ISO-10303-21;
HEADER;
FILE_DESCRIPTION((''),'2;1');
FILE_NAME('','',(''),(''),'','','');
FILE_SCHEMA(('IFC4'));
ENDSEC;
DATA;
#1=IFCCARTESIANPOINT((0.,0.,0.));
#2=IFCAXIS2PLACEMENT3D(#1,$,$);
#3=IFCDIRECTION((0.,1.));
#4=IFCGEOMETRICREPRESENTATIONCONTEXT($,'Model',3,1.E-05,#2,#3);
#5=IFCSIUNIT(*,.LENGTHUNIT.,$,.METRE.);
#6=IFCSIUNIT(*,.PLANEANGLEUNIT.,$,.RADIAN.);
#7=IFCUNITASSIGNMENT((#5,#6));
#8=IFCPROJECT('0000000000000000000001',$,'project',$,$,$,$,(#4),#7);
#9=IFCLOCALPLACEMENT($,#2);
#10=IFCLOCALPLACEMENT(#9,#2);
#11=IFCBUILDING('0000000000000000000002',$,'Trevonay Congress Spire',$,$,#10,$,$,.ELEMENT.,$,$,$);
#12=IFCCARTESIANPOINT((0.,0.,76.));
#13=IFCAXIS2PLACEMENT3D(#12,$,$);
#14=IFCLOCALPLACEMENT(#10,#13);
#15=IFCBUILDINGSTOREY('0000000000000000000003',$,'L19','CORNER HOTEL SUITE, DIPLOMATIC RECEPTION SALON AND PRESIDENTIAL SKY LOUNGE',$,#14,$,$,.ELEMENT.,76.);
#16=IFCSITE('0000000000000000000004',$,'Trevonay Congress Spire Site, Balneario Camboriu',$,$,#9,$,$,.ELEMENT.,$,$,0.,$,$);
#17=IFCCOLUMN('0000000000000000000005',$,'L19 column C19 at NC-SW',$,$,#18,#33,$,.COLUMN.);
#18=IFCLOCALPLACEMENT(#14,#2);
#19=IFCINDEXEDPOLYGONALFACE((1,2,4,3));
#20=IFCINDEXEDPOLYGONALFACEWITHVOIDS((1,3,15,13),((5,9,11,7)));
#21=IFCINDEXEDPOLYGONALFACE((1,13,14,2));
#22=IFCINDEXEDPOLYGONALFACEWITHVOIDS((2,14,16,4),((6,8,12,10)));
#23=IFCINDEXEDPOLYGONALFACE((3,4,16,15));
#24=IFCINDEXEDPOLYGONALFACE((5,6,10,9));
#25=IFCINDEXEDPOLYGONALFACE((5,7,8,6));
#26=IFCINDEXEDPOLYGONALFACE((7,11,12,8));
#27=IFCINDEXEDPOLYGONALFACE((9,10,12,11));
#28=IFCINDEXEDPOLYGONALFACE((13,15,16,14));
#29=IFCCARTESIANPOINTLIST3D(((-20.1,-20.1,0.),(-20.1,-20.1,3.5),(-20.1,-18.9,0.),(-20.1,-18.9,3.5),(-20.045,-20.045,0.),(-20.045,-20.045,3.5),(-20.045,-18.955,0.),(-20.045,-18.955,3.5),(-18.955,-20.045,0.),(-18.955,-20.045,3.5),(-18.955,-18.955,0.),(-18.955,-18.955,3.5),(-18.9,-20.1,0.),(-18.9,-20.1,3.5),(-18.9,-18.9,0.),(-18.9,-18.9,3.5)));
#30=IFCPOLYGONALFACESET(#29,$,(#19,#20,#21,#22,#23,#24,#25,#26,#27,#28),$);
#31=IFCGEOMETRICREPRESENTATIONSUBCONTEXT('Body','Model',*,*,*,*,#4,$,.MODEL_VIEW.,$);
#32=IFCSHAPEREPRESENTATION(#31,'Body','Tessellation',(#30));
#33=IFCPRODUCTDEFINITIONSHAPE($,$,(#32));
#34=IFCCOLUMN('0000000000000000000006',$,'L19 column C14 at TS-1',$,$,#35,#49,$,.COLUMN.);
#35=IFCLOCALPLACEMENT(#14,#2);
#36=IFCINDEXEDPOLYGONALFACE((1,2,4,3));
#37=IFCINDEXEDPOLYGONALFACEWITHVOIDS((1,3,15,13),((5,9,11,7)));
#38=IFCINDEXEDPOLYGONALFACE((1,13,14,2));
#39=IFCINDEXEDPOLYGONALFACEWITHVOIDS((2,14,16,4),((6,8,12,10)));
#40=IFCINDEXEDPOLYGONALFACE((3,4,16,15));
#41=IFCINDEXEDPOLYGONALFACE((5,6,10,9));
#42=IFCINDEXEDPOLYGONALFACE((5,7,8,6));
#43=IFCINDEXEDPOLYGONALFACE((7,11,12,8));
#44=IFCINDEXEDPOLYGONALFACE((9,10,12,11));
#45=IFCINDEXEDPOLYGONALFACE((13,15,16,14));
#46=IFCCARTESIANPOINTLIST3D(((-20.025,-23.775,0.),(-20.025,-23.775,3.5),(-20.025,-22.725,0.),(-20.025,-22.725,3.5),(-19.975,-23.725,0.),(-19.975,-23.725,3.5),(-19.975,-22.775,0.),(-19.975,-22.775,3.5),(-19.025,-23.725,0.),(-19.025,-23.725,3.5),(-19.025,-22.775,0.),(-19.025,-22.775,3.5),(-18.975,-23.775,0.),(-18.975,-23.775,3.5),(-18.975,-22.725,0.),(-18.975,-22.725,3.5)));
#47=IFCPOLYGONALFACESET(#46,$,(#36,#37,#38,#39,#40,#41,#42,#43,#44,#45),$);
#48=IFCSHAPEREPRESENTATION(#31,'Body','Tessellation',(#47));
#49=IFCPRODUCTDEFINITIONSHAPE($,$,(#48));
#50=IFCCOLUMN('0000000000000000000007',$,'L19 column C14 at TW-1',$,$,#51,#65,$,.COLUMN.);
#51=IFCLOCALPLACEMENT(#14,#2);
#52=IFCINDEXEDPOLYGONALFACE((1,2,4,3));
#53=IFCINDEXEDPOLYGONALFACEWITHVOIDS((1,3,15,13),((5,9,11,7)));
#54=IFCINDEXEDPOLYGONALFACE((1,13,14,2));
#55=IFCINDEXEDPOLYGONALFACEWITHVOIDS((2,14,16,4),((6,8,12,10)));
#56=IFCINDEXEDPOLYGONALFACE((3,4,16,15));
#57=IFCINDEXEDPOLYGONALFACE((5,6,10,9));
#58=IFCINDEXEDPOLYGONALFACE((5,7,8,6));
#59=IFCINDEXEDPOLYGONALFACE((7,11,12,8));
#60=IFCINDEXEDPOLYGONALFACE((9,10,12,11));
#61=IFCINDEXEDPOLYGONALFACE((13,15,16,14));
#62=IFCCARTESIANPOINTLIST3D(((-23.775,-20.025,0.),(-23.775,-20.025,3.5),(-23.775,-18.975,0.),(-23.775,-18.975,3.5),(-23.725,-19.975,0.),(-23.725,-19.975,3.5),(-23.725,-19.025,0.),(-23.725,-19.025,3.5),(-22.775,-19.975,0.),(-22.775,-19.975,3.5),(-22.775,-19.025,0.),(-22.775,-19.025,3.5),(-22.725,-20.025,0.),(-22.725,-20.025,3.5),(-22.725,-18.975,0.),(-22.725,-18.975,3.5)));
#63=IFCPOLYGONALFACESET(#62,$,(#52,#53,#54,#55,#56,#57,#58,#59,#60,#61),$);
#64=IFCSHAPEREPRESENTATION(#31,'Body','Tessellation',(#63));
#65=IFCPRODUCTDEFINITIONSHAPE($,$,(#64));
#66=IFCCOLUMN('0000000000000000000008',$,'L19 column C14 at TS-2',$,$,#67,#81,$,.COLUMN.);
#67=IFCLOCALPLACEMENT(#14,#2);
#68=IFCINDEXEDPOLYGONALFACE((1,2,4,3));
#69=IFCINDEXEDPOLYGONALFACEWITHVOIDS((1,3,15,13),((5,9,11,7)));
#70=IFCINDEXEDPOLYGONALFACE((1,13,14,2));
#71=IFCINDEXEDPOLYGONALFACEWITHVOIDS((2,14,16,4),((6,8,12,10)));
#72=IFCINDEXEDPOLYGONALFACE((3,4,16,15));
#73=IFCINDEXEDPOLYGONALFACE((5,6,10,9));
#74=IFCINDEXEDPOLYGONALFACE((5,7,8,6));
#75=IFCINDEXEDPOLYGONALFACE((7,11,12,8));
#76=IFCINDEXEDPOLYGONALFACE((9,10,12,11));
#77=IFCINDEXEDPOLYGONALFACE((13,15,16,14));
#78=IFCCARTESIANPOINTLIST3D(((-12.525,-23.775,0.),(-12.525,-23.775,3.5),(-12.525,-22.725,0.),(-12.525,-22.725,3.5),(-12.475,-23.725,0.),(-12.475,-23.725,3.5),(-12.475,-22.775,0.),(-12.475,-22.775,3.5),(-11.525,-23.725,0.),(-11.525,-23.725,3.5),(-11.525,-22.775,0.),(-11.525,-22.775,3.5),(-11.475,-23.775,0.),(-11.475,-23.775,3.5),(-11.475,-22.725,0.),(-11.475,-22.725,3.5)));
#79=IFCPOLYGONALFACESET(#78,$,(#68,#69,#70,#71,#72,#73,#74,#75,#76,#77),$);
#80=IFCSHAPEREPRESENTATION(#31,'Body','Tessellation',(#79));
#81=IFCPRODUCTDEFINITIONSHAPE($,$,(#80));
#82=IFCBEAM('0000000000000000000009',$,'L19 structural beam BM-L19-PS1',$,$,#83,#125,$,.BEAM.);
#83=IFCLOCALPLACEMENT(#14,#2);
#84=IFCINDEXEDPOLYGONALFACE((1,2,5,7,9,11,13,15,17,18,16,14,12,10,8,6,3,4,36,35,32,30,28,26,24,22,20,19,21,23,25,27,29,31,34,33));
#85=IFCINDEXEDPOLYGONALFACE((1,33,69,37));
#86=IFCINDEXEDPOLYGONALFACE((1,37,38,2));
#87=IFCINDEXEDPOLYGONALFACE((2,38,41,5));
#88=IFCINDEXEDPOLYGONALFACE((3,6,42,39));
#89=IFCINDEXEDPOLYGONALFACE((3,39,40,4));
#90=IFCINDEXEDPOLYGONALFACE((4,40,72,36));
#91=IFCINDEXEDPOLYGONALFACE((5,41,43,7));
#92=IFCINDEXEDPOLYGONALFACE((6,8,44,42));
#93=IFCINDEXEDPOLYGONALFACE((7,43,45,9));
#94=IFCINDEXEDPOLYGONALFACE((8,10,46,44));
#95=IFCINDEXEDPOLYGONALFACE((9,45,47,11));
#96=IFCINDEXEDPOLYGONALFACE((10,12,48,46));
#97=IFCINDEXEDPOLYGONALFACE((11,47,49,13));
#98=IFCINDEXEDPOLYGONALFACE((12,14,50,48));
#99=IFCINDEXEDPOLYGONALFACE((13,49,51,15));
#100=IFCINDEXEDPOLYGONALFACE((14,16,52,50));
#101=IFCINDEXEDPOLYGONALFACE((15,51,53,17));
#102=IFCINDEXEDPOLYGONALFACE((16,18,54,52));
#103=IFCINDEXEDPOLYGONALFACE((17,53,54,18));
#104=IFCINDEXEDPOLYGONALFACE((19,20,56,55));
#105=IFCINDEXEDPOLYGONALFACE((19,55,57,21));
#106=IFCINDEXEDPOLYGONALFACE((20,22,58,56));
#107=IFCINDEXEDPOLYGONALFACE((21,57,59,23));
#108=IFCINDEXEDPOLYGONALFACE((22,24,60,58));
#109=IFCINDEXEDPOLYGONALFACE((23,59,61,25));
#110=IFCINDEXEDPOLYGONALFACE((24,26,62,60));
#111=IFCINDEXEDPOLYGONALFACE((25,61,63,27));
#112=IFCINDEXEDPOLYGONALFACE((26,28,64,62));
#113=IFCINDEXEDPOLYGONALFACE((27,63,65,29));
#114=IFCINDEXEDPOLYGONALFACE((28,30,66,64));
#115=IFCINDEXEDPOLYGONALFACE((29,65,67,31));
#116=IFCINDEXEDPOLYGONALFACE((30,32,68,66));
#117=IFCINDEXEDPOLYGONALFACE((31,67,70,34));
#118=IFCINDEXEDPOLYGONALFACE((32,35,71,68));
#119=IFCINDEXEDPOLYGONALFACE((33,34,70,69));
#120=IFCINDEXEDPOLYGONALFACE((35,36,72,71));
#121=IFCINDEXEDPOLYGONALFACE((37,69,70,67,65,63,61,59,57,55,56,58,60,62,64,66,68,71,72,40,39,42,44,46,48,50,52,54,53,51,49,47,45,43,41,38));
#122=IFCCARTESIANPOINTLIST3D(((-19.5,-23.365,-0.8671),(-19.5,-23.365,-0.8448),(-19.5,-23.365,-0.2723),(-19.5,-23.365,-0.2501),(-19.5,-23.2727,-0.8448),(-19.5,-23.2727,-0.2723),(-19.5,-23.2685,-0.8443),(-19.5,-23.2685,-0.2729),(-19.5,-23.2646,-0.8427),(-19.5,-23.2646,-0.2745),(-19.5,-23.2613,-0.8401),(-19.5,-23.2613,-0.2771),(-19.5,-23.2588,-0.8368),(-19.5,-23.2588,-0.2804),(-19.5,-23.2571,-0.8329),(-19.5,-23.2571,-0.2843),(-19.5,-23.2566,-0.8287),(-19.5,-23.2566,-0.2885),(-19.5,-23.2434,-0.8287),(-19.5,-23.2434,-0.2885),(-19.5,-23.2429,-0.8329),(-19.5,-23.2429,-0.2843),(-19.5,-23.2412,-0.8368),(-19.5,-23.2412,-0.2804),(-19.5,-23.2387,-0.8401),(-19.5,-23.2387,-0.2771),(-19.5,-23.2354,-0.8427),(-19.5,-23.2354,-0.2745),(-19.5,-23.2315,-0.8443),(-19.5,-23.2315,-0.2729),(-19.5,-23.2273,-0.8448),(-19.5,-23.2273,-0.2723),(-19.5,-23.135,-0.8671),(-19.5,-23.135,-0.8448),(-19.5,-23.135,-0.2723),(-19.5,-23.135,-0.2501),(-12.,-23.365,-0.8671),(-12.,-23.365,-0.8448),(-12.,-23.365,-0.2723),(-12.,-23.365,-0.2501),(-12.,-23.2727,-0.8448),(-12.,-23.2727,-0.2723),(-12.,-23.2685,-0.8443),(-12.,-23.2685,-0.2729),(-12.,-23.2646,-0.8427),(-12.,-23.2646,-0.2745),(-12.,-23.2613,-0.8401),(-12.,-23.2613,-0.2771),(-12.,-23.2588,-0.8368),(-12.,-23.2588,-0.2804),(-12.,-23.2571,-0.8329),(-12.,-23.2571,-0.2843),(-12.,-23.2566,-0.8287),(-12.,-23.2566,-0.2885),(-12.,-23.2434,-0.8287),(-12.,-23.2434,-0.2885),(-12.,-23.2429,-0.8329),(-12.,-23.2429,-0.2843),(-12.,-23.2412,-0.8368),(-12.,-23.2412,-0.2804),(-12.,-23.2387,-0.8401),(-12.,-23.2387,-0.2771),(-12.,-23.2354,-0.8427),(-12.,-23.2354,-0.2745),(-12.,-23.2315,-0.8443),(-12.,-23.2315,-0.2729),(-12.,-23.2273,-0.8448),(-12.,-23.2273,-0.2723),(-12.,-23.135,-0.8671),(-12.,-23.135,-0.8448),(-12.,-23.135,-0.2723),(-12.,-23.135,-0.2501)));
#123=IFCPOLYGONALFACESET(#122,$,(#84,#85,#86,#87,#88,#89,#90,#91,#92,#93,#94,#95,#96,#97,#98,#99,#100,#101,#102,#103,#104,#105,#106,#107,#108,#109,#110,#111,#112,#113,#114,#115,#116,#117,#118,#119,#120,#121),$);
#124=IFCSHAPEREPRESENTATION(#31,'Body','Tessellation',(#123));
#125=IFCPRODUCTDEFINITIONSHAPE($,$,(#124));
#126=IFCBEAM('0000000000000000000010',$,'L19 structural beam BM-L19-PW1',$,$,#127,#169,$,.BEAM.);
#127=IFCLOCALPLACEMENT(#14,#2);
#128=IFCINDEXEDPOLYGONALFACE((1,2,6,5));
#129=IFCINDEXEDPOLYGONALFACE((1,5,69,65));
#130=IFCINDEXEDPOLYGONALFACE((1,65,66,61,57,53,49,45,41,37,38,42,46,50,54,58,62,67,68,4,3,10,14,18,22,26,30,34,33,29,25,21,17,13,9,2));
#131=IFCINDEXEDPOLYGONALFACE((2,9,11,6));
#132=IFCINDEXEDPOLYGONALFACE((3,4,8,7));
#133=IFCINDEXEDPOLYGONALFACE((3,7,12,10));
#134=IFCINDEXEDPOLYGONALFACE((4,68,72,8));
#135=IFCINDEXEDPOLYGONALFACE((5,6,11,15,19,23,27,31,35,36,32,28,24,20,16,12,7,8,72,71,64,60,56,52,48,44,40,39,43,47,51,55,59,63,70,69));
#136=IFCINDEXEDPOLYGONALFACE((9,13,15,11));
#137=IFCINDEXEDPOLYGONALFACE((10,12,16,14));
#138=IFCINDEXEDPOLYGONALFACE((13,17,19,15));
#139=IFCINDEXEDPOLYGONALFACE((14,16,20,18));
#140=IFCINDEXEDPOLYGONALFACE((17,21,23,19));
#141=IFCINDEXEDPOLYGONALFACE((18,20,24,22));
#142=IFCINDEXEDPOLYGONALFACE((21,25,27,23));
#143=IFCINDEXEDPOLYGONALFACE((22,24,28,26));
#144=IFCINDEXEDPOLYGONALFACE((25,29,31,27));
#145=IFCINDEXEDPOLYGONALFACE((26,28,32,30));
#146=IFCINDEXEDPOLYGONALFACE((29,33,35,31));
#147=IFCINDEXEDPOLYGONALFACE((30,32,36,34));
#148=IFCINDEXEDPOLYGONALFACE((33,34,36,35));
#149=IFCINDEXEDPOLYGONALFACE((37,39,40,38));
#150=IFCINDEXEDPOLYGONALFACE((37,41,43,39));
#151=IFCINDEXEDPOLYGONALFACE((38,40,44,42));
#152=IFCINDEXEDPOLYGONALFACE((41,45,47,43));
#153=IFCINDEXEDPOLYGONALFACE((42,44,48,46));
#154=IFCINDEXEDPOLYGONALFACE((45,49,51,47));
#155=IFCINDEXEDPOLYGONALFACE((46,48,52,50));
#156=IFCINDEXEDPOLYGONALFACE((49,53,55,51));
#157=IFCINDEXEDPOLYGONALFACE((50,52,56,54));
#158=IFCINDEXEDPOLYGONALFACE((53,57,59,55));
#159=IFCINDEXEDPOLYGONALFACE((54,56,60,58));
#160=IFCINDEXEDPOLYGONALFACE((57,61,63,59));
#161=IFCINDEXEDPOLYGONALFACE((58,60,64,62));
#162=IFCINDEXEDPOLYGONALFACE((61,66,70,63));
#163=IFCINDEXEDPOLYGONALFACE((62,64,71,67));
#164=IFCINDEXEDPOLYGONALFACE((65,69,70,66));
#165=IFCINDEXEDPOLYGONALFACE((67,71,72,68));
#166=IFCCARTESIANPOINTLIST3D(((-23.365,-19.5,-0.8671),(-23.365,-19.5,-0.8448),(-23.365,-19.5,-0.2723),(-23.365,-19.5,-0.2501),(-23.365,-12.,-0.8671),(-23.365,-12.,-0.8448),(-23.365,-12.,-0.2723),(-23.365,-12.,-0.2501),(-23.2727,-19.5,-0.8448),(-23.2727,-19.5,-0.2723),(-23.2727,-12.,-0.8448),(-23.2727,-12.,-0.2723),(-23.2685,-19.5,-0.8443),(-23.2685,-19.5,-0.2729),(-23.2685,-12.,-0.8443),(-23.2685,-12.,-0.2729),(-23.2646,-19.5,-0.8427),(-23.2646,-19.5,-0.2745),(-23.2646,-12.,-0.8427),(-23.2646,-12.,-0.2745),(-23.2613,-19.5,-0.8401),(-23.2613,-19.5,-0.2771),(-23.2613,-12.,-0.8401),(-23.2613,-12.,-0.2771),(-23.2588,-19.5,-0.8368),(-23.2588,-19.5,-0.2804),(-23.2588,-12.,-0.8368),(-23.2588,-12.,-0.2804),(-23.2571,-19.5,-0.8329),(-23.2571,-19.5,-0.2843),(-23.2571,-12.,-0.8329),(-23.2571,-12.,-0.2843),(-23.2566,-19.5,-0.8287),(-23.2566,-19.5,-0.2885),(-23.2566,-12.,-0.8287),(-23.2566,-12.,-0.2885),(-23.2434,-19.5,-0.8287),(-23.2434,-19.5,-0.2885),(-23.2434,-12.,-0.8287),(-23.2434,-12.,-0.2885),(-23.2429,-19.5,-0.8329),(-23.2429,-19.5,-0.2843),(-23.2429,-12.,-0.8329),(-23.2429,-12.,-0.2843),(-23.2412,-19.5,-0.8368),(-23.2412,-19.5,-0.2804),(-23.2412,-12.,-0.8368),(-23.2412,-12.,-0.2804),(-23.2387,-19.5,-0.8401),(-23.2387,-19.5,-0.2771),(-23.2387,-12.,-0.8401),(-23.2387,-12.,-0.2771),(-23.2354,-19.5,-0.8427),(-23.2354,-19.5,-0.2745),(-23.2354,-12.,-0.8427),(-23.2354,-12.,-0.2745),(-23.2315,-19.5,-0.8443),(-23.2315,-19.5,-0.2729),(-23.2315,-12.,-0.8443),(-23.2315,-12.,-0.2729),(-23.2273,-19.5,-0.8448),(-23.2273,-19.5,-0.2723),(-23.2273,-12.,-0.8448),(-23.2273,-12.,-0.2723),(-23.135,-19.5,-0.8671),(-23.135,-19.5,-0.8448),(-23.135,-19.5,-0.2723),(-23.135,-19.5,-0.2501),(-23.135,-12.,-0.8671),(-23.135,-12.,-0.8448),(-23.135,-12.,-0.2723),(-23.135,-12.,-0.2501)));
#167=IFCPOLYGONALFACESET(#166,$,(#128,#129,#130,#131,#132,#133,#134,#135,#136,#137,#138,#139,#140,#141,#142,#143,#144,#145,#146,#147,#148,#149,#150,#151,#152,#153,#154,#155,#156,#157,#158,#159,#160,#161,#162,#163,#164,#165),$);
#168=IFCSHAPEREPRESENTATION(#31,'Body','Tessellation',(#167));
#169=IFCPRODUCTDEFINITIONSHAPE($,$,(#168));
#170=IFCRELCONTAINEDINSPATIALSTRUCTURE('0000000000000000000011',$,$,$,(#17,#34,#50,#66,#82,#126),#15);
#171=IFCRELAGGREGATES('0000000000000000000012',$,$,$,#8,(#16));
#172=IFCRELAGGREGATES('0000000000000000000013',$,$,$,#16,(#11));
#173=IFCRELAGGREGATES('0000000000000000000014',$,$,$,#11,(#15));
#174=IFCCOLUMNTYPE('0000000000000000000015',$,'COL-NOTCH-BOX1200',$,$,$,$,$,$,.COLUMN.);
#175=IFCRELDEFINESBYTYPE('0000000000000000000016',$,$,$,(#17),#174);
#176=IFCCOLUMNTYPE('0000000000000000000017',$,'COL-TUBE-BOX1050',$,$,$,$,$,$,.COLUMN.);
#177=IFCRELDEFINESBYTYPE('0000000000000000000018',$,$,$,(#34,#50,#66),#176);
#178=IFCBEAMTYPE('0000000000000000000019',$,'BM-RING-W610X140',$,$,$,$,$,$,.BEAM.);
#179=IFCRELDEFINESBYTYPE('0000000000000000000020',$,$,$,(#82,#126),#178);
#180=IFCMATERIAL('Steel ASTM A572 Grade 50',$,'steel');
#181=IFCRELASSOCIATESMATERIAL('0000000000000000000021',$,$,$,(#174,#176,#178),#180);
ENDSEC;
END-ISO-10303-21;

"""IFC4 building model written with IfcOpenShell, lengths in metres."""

from ifc_helpers import new_model, si_unit, direction, frame, origin, origin_2d, place, context, subcontext, project, spatial, hollow_rectangle, i_section, extrude, material, material_profile, profile_set, type_object, element, save


model = new_model("IFC4")

# Units and contexts
model_context = context("Model", 3, precision=1e-05, world=origin(), true_north=direction((0.0, 1.0)))
body_context = subcontext(model_context, "Body", "Model", "MODEL_VIEW")
ifc_project = project(units=[si_unit("LENGTHUNIT", "METRE"), si_unit("PLANEANGLEUNIT", "RADIAN")], contexts=[model_context])

# Site, building, storey
site_placement = place(None, origin())
site = spatial("IfcSite", under=ifc_project, at=site_placement, Name="Trevonay Congress Spire Site, Balneario Camboriu", CompositionType="ELEMENT", RefElevation=0.0)
building_placement = place(site_placement, origin())
building = spatial("IfcBuilding", under=site, at=building_placement, Name="Trevonay Congress Spire", CompositionType="ELEMENT")
storey_placement = place(building_placement, frame((0.0, 0.0, 76.0)))
storey = spatial("IfcBuildingStorey", under=building, at=storey_placement, Name="L19", Description="CORNER HOTEL SUITE, DIPLOMATIC RECEPTION SALON AND PRESIDENTIAL SKY LOUNGE", CompositionType="ELEMENT", Elevation=76.0)

# Columns
ifc_material_1 = material(Name="Steel ASTM A572 Grade 50", Category="steel")
ifc_material_profile_1 = material_profile(ifc_material_1, hollow_rectangle(XDim=1.2, YDim=1.2, WallThickness=0.0549, at=origin_2d()), Name="BOX 1200x1200x55")
ifc_profile_set_1 = profile_set([ifc_material_profile_1], Name="Steel ASTM A572 Grade 50")
column_type_1 = type_object("IfcColumnType", Name="COL-NOTCH-BOX1200", PredefinedType="COLUMN", material=ifc_profile_set_1)
column_placement = place(storey_placement, frame((-19.5, -19.5, 0.0), z_axis=(0.0, 0.0, 1.0), x_axis=(1.0, 0.0, 0.0)))
element("IfcColumn", 1, at=column_placement, inside=storey, type_object=column_type_1, Name="L19 column C19 at NC-SW", PredefinedType="COLUMN", context=body_context, shape_type="SweptSolid", body=[
    extrude(hollow_rectangle(XDim=1.2, YDim=1.2, WallThickness=0.0549, at=origin_2d()), origin(), (0.0, 0.0, 1.0), 3.5),
])
ifc_material_profile_2 = material_profile(ifc_material_1, hollow_rectangle(XDim=1.05, YDim=1.05, WallThickness=0.05, at=origin_2d()), Name="BOX 1050x1050x50")
ifc_profile_set_2 = profile_set([ifc_material_profile_2], Name="Steel ASTM A572 Grade 50")
column_type_2 = type_object("IfcColumnType", Name="COL-TUBE-BOX1050", PredefinedType="COLUMN", material=ifc_profile_set_2)
for number, where, z_axis, x_axis, name in (
    (2, (-19.5, -23.25, 0.0), (0.0, 0.0, 1.0), (1.0, 0.0, 0.0), "L19 column C14 at TS-1"),
    (3, (-23.25, -19.5, 0.0), (0.0, 0.0, 1.0), (1.0, 0.0, 0.0), "L19 column C14 at TW-1"),
    (4, (-12.0, -23.25, 0.0), (0.0, 0.0, 1.0), (1.0, 0.0, 0.0), "L19 column C14 at TS-2"),
):
    element("IfcColumn", number, at=place(storey_placement, frame(where, z_axis=z_axis, x_axis=x_axis)), inside=storey, type_object=column_type_2, Name=name, PredefinedType="COLUMN", context=body_context, shape_type="SweptSolid", body=[
        extrude(hollow_rectangle(XDim=1.05, YDim=1.05, WallThickness=0.05, at=origin_2d()), origin(), (0.0, 0.0, 1.0), 3.5),
    ])

# Beams
ifc_material_profile_3 = material_profile(ifc_material_1, i_section(OverallWidth=0.23, OverallDepth=0.6169, WebThickness=0.0132, FlangeThickness=0.0222, FilletRadius=0.0161, at=origin_2d()), Name="W610x140")
ifc_profile_set_3 = profile_set([ifc_material_profile_3], Name="Steel ASTM A572 Grade 50")
beam_type_1 = type_object("IfcBeamType", Name="BM-RING-W610X140", PredefinedType="BEAM", material=ifc_profile_set_3)
for number, where, z_axis, x_axis, name in (
    (5, (-19.5, -23.25, -0.5586), (1.0, 0.0, 0.0), (0.0, 1.0, 0.0), "L19 structural beam BM-L19-PS1"),
    (6, (-23.25, -19.5, -0.5586), (0.0, 1.0, 0.0), (-1.0, 0.0, 0.0), "L19 structural beam BM-L19-PW1"),
):
    element("IfcBeam", number, at=place(storey_placement, frame(where, z_axis=z_axis, x_axis=x_axis)), inside=storey, type_object=beam_type_1, Name=name, PredefinedType="BEAM", context=body_context, shape_type="SweptSolid", body=[
        extrude(i_section(OverallWidth=0.23, OverallDepth=0.6169, WebThickness=0.0132, FlangeThickness=0.0222, FilletRadius=0.0161, at=origin_2d()), origin(), (0.0, 0.0, 1.0), 7.5),
    ])

save(model, "model.ifc")
